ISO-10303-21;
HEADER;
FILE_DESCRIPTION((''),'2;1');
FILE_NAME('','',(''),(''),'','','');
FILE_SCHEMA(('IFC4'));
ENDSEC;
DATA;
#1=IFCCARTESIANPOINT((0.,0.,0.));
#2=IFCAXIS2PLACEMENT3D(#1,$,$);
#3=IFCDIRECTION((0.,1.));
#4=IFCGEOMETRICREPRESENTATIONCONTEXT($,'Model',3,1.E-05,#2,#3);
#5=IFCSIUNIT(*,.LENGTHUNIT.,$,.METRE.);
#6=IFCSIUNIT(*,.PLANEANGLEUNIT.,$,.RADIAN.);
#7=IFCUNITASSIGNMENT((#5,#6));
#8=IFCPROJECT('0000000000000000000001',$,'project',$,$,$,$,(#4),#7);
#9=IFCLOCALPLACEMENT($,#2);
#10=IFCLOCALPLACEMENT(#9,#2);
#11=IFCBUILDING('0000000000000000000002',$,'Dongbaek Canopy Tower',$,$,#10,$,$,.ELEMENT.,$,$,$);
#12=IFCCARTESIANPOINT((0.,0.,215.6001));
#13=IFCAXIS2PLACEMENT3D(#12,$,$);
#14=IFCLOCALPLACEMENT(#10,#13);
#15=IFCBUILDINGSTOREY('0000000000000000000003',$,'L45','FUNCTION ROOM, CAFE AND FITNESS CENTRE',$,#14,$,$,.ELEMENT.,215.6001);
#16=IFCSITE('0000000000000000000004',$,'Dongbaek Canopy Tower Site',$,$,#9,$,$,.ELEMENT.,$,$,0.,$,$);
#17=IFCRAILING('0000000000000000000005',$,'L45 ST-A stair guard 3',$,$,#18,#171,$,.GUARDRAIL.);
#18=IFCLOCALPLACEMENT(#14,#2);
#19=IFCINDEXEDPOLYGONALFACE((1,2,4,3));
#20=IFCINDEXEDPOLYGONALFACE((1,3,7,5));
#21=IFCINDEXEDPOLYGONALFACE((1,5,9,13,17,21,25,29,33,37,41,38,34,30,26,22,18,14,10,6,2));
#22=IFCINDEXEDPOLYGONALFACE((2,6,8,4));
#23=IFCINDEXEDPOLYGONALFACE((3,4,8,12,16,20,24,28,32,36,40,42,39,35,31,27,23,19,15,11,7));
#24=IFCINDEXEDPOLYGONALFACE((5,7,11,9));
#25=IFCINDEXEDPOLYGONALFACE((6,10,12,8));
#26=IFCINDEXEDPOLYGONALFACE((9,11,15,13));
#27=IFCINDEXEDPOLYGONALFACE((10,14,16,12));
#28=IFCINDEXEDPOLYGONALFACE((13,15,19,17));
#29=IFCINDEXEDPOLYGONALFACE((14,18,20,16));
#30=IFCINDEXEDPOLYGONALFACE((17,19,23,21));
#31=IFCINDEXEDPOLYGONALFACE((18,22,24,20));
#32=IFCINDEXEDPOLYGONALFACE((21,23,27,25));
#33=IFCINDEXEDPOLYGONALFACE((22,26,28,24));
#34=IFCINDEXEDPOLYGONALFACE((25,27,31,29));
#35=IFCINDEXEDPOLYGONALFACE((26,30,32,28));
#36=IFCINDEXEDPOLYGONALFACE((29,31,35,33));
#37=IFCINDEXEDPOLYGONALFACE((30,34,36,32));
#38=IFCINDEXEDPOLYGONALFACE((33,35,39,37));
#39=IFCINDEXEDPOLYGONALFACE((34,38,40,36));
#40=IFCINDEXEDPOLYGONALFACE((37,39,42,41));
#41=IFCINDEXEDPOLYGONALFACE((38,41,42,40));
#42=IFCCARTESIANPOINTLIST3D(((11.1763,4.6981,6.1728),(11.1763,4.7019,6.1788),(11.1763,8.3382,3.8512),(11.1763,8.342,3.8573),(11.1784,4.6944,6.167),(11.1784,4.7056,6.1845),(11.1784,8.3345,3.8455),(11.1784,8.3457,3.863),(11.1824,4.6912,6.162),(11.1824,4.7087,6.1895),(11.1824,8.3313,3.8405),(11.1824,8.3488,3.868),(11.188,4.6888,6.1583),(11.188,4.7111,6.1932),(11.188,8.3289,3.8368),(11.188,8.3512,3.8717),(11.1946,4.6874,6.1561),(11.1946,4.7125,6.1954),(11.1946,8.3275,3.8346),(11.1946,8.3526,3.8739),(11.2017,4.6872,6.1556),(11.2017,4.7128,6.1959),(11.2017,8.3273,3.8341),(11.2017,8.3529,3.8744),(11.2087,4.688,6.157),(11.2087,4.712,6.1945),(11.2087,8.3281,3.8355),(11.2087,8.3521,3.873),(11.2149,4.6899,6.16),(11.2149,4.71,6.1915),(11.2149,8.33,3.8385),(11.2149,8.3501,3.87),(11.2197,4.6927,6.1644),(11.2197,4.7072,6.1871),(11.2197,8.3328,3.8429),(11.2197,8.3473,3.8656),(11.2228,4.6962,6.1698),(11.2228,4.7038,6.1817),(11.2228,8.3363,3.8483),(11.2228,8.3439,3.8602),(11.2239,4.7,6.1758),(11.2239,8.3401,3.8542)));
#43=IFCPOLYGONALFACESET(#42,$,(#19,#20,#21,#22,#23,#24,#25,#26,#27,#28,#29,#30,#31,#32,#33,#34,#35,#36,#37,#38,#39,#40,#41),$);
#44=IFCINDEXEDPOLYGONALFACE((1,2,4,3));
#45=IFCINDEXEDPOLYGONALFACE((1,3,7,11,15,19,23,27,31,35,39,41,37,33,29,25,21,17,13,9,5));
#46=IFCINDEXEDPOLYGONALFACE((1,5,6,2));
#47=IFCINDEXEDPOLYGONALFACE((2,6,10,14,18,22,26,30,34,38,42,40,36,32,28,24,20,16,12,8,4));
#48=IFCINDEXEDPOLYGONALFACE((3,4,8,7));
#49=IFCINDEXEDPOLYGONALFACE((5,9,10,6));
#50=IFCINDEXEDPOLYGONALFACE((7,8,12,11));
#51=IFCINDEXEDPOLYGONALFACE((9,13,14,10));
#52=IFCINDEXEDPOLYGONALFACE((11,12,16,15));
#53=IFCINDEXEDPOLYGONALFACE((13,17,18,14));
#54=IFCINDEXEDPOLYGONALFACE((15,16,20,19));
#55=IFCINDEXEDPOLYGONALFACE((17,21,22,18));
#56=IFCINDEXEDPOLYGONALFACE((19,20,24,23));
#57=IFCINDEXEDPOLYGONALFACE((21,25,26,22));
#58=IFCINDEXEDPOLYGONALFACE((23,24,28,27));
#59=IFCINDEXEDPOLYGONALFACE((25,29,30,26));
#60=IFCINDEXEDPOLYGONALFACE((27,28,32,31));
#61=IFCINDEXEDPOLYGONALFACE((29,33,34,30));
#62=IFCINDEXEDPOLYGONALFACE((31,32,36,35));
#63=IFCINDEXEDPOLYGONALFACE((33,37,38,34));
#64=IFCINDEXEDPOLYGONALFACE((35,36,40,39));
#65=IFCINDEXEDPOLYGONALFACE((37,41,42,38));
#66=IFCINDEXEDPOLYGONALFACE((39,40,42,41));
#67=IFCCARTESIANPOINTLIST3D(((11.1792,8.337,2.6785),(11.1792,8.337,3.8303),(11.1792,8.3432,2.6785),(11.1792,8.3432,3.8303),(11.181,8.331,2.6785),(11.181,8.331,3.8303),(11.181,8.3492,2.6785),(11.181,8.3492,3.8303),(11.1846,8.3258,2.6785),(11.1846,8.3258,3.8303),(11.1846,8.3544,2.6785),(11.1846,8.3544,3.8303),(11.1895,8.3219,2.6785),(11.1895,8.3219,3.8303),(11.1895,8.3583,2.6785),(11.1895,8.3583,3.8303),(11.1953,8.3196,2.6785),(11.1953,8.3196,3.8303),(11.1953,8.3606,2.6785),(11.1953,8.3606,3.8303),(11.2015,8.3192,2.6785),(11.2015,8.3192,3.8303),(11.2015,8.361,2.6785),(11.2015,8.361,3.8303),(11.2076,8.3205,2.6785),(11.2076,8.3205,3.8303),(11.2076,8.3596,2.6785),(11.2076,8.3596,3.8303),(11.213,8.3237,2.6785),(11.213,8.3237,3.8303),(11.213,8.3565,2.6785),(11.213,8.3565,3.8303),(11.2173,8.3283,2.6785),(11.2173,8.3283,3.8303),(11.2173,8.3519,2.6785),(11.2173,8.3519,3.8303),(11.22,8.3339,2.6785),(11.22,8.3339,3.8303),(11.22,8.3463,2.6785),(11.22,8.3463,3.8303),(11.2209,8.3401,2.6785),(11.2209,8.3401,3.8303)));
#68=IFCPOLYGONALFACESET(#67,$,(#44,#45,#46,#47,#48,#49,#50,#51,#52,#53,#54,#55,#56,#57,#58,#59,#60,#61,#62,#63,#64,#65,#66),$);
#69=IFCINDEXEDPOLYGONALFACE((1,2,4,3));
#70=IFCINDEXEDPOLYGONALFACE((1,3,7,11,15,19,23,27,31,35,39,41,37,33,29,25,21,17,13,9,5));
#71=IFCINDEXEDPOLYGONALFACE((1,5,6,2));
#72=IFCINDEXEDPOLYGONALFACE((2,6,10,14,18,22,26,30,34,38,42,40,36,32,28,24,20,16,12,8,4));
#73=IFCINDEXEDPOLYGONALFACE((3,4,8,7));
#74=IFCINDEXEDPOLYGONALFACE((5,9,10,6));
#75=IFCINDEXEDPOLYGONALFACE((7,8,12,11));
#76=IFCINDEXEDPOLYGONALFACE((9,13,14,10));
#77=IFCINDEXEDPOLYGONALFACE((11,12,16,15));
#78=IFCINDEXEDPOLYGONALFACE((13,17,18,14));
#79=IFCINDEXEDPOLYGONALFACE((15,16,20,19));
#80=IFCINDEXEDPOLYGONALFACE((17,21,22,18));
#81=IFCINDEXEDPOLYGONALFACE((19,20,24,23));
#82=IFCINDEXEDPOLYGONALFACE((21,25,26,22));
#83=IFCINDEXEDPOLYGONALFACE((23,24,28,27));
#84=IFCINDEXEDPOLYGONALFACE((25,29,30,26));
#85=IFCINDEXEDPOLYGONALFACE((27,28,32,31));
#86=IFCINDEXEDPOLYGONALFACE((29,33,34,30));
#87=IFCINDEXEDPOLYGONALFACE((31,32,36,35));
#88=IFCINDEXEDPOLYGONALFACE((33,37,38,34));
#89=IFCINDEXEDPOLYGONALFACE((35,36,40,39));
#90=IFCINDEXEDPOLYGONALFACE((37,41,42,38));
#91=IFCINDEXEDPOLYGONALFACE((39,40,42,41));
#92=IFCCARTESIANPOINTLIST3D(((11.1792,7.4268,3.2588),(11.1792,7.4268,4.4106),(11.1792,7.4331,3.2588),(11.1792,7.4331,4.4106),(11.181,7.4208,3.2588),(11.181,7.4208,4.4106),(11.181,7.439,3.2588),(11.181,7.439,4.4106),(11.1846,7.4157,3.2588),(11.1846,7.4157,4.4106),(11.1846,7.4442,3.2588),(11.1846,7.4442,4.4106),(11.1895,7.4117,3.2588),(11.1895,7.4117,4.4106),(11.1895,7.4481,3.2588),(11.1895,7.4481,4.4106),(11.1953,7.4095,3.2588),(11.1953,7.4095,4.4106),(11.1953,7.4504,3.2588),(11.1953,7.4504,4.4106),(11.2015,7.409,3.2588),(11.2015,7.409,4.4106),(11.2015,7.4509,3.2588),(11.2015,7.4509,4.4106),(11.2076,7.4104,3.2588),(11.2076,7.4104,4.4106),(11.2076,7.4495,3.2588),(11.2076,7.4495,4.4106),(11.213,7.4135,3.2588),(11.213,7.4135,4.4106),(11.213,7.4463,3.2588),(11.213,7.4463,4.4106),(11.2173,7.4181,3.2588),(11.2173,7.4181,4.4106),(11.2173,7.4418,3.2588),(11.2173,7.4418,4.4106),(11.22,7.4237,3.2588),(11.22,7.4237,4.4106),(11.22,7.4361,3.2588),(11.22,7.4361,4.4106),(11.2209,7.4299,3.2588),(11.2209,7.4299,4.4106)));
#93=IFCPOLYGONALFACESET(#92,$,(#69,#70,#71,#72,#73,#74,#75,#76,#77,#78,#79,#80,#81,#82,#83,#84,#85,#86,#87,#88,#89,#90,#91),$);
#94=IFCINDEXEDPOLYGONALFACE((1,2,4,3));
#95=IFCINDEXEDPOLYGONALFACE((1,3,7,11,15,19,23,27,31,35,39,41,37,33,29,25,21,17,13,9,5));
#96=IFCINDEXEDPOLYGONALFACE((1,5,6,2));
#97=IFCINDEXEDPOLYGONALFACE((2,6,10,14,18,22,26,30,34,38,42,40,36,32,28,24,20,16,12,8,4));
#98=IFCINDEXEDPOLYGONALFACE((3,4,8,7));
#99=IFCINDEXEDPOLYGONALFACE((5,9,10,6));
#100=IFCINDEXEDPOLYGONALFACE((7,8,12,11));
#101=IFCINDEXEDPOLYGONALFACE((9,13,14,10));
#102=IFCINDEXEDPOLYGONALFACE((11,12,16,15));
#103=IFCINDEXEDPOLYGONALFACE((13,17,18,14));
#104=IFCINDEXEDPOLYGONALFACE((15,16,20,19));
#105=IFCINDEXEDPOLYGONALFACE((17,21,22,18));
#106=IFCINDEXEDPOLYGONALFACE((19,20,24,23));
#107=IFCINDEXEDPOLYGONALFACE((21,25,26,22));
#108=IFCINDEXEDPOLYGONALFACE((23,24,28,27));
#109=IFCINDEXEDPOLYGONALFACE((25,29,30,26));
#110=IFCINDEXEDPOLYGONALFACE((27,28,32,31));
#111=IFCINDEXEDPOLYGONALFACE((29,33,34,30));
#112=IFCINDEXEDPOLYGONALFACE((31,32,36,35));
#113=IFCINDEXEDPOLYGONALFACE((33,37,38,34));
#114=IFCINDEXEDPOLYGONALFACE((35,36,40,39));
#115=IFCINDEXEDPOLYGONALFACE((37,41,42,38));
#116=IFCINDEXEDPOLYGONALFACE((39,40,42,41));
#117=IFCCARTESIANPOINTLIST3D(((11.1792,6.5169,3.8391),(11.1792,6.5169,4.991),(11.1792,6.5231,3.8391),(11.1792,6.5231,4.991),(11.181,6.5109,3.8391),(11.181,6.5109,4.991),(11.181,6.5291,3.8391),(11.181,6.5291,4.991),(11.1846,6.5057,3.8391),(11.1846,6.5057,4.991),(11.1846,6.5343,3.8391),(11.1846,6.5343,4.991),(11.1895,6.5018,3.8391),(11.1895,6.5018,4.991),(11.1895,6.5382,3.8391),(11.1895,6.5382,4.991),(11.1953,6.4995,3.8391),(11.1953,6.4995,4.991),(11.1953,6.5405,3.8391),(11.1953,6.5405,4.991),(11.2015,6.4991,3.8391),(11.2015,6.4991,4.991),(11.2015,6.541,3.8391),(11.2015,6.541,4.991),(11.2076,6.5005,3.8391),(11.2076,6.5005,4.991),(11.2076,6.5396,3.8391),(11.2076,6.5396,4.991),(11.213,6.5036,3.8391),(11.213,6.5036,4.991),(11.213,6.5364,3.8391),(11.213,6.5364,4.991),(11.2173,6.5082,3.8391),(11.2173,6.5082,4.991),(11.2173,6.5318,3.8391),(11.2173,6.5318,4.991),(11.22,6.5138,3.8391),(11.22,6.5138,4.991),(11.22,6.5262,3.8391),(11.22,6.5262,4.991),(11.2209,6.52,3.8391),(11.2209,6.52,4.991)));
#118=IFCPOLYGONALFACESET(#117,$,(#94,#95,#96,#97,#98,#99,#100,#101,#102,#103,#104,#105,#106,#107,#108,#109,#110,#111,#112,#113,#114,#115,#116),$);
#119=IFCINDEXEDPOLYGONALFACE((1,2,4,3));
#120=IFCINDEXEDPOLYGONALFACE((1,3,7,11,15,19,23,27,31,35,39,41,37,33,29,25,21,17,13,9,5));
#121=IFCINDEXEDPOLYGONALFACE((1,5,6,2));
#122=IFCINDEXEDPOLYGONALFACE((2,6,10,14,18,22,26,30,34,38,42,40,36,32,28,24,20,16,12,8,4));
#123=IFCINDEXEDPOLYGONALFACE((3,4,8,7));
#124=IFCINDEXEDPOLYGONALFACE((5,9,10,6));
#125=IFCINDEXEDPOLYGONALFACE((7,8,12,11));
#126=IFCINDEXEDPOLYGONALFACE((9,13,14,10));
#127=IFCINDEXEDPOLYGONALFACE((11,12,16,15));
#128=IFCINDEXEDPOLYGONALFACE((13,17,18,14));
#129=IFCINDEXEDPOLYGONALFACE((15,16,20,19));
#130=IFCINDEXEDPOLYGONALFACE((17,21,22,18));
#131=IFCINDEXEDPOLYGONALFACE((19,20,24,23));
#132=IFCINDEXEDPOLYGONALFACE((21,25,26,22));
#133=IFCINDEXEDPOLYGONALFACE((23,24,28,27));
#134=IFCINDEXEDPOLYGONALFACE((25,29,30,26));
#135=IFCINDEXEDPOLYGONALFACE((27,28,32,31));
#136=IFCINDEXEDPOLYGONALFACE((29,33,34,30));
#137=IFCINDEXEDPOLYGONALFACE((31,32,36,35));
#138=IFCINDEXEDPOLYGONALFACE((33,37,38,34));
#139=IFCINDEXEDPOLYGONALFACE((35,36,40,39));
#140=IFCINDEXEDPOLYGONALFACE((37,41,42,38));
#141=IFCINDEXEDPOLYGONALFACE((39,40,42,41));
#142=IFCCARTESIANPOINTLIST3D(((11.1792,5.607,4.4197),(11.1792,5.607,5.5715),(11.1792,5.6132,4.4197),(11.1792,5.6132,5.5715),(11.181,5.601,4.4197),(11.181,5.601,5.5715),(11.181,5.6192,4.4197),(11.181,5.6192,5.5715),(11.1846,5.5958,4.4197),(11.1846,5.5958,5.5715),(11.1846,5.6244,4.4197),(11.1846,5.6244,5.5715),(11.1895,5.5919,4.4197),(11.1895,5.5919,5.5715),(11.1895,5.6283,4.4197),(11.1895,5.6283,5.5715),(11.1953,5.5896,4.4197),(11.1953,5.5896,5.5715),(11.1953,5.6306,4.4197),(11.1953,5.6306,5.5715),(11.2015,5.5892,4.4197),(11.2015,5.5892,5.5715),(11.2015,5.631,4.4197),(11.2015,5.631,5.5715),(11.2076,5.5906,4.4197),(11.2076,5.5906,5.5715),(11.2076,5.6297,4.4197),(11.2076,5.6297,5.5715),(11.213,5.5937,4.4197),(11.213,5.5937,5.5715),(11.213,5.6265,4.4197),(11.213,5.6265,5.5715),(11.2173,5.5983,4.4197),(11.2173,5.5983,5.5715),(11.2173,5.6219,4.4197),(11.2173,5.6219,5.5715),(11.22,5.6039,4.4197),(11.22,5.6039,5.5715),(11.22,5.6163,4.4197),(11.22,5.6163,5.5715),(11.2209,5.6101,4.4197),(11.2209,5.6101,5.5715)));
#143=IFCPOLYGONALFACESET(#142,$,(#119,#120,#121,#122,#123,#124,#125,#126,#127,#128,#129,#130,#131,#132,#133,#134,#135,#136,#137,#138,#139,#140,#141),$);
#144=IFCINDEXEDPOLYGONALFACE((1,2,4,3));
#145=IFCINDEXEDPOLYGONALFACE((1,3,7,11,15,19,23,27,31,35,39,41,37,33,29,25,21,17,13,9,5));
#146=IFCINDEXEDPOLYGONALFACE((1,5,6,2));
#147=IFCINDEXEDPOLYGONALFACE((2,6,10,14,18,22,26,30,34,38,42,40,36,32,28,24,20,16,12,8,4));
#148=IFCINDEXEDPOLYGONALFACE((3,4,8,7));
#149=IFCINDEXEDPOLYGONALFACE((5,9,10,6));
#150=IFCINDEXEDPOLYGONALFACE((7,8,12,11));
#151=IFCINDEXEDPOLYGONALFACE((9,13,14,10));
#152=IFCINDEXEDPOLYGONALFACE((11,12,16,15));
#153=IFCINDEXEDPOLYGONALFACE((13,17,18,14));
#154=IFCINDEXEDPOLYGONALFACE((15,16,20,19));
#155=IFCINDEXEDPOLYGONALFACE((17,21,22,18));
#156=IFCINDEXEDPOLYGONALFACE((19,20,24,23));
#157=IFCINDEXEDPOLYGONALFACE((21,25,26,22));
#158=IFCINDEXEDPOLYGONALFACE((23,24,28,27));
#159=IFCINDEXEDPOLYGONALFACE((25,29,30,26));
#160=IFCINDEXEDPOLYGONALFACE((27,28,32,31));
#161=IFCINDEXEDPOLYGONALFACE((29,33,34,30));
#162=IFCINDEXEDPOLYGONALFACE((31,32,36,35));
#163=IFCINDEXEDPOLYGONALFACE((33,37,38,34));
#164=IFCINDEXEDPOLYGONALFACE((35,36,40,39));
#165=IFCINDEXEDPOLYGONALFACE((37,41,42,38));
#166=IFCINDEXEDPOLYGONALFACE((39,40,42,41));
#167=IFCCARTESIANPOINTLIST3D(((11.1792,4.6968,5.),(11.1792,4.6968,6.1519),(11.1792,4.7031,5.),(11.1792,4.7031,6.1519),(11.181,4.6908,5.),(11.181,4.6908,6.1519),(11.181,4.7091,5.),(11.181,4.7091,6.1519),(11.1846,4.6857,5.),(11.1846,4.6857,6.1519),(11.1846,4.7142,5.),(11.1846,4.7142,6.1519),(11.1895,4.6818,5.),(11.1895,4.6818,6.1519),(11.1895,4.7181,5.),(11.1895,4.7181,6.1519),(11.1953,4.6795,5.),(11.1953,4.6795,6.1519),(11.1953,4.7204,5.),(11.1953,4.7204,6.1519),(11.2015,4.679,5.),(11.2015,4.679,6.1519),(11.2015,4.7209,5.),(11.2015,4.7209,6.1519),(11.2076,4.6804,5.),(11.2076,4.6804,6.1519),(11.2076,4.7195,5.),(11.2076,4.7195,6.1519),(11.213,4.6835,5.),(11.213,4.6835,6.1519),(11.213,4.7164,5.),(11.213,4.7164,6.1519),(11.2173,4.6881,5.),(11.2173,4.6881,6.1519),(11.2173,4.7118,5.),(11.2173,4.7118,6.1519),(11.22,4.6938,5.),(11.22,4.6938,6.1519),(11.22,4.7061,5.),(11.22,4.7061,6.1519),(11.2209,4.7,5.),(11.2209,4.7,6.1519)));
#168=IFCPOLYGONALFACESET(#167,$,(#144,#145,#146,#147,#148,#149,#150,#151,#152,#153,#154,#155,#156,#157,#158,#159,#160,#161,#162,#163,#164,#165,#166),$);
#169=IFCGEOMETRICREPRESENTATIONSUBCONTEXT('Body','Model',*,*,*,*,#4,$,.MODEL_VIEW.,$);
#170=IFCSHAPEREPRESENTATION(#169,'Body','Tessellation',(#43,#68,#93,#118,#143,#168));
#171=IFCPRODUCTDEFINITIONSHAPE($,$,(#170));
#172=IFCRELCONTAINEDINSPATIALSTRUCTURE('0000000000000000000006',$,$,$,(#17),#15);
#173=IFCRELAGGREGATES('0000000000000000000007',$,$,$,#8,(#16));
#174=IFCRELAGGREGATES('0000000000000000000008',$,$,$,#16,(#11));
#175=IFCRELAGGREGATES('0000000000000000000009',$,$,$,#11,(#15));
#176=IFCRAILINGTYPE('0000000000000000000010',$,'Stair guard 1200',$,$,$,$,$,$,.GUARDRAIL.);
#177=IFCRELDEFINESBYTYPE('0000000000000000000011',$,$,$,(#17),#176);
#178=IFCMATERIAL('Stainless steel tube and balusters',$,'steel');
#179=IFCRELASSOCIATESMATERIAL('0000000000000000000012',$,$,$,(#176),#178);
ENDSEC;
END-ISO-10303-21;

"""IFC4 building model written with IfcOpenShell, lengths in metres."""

from ifc_helpers import new_model, si_unit, direction, frame, origin, origin_2d, place, context, subcontext, project, spatial, circle, extrude, material, type_object, element, save


model = new_model("IFC4")

# Units and contexts
model_context = context("Model", 3, precision=1e-05, world=origin(), true_north=direction((0.0, 1.0)))
body_context = subcontext(model_context, "Body", "Model", "MODEL_VIEW")
ifc_project = project(units=[si_unit("LENGTHUNIT", "METRE"), si_unit("PLANEANGLEUNIT", "RADIAN")], contexts=[model_context])

# Site, building, storey
site_placement = place(None, origin())
site = spatial("IfcSite", under=ifc_project, at=site_placement, Name="Dongbaek Canopy Tower Site", CompositionType="ELEMENT", RefElevation=0.0)
building_placement = place(site_placement, origin())
building = spatial("IfcBuilding", under=site, at=building_placement, Name="Dongbaek Canopy Tower", CompositionType="ELEMENT")
storey_placement = place(building_placement, frame((0.0, 0.0, 215.6001)))
storey = spatial("IfcBuildingStorey", under=building, at=storey_placement, Name="L45", Description="FUNCTION ROOM, CAFE AND FITNESS CENTRE", CompositionType="ELEMENT", Elevation=215.6001)

# Railing
ifc_material_1 = material(Name="Stainless steel tube and balusters", Category="steel")
railing_type_1 = type_object("IfcRailingType", Name="Stair guard 1200", PredefinedType="GUARDRAIL", material=ifc_material_1)
railing_1_placement = place(storey_placement, frame((11.2, 8.3401, 2.6785)))
element("IfcRailing", 1, at=railing_1_placement, inside=storey, type_object=railing_type_1, Name="L45 ST-A stair guard 3", PredefinedType="GUARDRAIL", context=body_context, shape_type="SweptSolid", body=[
    extrude(circle(Radius=0.0239, at=origin_2d()), frame((0.0, 0.0, 1.1758), z_axis=(0.0, -0.843128, 0.537713), x_axis=(1.0, 0.0, 0.0)), (0.0, 0.0, 1.0), 4.3174),
    extrude(circle(Radius=0.021, at=origin_2d()), origin(), (0.0, 0.0, 1.0), 1.1519),
    extrude(circle(Radius=0.021, at=origin_2d()), frame((0.0, -0.9102, 0.5803)), (0.0, 0.0, 1.0), 1.1519),
    extrude(circle(Radius=0.021, at=origin_2d()), frame((0.0, -1.8201, 1.1606)), (0.0, 0.0, 1.0), 1.1519),
    extrude(circle(Radius=0.021, at=origin_2d()), frame((0.0, -2.73, 1.7412)), (0.0, 0.0, 1.0), 1.1519),
    extrude(circle(Radius=0.021, at=origin_2d()), frame((0.0, -3.6401, 2.3215)), (0.0, 0.0, 1.0), 1.1519),
])

save(model, "model.ifc")
